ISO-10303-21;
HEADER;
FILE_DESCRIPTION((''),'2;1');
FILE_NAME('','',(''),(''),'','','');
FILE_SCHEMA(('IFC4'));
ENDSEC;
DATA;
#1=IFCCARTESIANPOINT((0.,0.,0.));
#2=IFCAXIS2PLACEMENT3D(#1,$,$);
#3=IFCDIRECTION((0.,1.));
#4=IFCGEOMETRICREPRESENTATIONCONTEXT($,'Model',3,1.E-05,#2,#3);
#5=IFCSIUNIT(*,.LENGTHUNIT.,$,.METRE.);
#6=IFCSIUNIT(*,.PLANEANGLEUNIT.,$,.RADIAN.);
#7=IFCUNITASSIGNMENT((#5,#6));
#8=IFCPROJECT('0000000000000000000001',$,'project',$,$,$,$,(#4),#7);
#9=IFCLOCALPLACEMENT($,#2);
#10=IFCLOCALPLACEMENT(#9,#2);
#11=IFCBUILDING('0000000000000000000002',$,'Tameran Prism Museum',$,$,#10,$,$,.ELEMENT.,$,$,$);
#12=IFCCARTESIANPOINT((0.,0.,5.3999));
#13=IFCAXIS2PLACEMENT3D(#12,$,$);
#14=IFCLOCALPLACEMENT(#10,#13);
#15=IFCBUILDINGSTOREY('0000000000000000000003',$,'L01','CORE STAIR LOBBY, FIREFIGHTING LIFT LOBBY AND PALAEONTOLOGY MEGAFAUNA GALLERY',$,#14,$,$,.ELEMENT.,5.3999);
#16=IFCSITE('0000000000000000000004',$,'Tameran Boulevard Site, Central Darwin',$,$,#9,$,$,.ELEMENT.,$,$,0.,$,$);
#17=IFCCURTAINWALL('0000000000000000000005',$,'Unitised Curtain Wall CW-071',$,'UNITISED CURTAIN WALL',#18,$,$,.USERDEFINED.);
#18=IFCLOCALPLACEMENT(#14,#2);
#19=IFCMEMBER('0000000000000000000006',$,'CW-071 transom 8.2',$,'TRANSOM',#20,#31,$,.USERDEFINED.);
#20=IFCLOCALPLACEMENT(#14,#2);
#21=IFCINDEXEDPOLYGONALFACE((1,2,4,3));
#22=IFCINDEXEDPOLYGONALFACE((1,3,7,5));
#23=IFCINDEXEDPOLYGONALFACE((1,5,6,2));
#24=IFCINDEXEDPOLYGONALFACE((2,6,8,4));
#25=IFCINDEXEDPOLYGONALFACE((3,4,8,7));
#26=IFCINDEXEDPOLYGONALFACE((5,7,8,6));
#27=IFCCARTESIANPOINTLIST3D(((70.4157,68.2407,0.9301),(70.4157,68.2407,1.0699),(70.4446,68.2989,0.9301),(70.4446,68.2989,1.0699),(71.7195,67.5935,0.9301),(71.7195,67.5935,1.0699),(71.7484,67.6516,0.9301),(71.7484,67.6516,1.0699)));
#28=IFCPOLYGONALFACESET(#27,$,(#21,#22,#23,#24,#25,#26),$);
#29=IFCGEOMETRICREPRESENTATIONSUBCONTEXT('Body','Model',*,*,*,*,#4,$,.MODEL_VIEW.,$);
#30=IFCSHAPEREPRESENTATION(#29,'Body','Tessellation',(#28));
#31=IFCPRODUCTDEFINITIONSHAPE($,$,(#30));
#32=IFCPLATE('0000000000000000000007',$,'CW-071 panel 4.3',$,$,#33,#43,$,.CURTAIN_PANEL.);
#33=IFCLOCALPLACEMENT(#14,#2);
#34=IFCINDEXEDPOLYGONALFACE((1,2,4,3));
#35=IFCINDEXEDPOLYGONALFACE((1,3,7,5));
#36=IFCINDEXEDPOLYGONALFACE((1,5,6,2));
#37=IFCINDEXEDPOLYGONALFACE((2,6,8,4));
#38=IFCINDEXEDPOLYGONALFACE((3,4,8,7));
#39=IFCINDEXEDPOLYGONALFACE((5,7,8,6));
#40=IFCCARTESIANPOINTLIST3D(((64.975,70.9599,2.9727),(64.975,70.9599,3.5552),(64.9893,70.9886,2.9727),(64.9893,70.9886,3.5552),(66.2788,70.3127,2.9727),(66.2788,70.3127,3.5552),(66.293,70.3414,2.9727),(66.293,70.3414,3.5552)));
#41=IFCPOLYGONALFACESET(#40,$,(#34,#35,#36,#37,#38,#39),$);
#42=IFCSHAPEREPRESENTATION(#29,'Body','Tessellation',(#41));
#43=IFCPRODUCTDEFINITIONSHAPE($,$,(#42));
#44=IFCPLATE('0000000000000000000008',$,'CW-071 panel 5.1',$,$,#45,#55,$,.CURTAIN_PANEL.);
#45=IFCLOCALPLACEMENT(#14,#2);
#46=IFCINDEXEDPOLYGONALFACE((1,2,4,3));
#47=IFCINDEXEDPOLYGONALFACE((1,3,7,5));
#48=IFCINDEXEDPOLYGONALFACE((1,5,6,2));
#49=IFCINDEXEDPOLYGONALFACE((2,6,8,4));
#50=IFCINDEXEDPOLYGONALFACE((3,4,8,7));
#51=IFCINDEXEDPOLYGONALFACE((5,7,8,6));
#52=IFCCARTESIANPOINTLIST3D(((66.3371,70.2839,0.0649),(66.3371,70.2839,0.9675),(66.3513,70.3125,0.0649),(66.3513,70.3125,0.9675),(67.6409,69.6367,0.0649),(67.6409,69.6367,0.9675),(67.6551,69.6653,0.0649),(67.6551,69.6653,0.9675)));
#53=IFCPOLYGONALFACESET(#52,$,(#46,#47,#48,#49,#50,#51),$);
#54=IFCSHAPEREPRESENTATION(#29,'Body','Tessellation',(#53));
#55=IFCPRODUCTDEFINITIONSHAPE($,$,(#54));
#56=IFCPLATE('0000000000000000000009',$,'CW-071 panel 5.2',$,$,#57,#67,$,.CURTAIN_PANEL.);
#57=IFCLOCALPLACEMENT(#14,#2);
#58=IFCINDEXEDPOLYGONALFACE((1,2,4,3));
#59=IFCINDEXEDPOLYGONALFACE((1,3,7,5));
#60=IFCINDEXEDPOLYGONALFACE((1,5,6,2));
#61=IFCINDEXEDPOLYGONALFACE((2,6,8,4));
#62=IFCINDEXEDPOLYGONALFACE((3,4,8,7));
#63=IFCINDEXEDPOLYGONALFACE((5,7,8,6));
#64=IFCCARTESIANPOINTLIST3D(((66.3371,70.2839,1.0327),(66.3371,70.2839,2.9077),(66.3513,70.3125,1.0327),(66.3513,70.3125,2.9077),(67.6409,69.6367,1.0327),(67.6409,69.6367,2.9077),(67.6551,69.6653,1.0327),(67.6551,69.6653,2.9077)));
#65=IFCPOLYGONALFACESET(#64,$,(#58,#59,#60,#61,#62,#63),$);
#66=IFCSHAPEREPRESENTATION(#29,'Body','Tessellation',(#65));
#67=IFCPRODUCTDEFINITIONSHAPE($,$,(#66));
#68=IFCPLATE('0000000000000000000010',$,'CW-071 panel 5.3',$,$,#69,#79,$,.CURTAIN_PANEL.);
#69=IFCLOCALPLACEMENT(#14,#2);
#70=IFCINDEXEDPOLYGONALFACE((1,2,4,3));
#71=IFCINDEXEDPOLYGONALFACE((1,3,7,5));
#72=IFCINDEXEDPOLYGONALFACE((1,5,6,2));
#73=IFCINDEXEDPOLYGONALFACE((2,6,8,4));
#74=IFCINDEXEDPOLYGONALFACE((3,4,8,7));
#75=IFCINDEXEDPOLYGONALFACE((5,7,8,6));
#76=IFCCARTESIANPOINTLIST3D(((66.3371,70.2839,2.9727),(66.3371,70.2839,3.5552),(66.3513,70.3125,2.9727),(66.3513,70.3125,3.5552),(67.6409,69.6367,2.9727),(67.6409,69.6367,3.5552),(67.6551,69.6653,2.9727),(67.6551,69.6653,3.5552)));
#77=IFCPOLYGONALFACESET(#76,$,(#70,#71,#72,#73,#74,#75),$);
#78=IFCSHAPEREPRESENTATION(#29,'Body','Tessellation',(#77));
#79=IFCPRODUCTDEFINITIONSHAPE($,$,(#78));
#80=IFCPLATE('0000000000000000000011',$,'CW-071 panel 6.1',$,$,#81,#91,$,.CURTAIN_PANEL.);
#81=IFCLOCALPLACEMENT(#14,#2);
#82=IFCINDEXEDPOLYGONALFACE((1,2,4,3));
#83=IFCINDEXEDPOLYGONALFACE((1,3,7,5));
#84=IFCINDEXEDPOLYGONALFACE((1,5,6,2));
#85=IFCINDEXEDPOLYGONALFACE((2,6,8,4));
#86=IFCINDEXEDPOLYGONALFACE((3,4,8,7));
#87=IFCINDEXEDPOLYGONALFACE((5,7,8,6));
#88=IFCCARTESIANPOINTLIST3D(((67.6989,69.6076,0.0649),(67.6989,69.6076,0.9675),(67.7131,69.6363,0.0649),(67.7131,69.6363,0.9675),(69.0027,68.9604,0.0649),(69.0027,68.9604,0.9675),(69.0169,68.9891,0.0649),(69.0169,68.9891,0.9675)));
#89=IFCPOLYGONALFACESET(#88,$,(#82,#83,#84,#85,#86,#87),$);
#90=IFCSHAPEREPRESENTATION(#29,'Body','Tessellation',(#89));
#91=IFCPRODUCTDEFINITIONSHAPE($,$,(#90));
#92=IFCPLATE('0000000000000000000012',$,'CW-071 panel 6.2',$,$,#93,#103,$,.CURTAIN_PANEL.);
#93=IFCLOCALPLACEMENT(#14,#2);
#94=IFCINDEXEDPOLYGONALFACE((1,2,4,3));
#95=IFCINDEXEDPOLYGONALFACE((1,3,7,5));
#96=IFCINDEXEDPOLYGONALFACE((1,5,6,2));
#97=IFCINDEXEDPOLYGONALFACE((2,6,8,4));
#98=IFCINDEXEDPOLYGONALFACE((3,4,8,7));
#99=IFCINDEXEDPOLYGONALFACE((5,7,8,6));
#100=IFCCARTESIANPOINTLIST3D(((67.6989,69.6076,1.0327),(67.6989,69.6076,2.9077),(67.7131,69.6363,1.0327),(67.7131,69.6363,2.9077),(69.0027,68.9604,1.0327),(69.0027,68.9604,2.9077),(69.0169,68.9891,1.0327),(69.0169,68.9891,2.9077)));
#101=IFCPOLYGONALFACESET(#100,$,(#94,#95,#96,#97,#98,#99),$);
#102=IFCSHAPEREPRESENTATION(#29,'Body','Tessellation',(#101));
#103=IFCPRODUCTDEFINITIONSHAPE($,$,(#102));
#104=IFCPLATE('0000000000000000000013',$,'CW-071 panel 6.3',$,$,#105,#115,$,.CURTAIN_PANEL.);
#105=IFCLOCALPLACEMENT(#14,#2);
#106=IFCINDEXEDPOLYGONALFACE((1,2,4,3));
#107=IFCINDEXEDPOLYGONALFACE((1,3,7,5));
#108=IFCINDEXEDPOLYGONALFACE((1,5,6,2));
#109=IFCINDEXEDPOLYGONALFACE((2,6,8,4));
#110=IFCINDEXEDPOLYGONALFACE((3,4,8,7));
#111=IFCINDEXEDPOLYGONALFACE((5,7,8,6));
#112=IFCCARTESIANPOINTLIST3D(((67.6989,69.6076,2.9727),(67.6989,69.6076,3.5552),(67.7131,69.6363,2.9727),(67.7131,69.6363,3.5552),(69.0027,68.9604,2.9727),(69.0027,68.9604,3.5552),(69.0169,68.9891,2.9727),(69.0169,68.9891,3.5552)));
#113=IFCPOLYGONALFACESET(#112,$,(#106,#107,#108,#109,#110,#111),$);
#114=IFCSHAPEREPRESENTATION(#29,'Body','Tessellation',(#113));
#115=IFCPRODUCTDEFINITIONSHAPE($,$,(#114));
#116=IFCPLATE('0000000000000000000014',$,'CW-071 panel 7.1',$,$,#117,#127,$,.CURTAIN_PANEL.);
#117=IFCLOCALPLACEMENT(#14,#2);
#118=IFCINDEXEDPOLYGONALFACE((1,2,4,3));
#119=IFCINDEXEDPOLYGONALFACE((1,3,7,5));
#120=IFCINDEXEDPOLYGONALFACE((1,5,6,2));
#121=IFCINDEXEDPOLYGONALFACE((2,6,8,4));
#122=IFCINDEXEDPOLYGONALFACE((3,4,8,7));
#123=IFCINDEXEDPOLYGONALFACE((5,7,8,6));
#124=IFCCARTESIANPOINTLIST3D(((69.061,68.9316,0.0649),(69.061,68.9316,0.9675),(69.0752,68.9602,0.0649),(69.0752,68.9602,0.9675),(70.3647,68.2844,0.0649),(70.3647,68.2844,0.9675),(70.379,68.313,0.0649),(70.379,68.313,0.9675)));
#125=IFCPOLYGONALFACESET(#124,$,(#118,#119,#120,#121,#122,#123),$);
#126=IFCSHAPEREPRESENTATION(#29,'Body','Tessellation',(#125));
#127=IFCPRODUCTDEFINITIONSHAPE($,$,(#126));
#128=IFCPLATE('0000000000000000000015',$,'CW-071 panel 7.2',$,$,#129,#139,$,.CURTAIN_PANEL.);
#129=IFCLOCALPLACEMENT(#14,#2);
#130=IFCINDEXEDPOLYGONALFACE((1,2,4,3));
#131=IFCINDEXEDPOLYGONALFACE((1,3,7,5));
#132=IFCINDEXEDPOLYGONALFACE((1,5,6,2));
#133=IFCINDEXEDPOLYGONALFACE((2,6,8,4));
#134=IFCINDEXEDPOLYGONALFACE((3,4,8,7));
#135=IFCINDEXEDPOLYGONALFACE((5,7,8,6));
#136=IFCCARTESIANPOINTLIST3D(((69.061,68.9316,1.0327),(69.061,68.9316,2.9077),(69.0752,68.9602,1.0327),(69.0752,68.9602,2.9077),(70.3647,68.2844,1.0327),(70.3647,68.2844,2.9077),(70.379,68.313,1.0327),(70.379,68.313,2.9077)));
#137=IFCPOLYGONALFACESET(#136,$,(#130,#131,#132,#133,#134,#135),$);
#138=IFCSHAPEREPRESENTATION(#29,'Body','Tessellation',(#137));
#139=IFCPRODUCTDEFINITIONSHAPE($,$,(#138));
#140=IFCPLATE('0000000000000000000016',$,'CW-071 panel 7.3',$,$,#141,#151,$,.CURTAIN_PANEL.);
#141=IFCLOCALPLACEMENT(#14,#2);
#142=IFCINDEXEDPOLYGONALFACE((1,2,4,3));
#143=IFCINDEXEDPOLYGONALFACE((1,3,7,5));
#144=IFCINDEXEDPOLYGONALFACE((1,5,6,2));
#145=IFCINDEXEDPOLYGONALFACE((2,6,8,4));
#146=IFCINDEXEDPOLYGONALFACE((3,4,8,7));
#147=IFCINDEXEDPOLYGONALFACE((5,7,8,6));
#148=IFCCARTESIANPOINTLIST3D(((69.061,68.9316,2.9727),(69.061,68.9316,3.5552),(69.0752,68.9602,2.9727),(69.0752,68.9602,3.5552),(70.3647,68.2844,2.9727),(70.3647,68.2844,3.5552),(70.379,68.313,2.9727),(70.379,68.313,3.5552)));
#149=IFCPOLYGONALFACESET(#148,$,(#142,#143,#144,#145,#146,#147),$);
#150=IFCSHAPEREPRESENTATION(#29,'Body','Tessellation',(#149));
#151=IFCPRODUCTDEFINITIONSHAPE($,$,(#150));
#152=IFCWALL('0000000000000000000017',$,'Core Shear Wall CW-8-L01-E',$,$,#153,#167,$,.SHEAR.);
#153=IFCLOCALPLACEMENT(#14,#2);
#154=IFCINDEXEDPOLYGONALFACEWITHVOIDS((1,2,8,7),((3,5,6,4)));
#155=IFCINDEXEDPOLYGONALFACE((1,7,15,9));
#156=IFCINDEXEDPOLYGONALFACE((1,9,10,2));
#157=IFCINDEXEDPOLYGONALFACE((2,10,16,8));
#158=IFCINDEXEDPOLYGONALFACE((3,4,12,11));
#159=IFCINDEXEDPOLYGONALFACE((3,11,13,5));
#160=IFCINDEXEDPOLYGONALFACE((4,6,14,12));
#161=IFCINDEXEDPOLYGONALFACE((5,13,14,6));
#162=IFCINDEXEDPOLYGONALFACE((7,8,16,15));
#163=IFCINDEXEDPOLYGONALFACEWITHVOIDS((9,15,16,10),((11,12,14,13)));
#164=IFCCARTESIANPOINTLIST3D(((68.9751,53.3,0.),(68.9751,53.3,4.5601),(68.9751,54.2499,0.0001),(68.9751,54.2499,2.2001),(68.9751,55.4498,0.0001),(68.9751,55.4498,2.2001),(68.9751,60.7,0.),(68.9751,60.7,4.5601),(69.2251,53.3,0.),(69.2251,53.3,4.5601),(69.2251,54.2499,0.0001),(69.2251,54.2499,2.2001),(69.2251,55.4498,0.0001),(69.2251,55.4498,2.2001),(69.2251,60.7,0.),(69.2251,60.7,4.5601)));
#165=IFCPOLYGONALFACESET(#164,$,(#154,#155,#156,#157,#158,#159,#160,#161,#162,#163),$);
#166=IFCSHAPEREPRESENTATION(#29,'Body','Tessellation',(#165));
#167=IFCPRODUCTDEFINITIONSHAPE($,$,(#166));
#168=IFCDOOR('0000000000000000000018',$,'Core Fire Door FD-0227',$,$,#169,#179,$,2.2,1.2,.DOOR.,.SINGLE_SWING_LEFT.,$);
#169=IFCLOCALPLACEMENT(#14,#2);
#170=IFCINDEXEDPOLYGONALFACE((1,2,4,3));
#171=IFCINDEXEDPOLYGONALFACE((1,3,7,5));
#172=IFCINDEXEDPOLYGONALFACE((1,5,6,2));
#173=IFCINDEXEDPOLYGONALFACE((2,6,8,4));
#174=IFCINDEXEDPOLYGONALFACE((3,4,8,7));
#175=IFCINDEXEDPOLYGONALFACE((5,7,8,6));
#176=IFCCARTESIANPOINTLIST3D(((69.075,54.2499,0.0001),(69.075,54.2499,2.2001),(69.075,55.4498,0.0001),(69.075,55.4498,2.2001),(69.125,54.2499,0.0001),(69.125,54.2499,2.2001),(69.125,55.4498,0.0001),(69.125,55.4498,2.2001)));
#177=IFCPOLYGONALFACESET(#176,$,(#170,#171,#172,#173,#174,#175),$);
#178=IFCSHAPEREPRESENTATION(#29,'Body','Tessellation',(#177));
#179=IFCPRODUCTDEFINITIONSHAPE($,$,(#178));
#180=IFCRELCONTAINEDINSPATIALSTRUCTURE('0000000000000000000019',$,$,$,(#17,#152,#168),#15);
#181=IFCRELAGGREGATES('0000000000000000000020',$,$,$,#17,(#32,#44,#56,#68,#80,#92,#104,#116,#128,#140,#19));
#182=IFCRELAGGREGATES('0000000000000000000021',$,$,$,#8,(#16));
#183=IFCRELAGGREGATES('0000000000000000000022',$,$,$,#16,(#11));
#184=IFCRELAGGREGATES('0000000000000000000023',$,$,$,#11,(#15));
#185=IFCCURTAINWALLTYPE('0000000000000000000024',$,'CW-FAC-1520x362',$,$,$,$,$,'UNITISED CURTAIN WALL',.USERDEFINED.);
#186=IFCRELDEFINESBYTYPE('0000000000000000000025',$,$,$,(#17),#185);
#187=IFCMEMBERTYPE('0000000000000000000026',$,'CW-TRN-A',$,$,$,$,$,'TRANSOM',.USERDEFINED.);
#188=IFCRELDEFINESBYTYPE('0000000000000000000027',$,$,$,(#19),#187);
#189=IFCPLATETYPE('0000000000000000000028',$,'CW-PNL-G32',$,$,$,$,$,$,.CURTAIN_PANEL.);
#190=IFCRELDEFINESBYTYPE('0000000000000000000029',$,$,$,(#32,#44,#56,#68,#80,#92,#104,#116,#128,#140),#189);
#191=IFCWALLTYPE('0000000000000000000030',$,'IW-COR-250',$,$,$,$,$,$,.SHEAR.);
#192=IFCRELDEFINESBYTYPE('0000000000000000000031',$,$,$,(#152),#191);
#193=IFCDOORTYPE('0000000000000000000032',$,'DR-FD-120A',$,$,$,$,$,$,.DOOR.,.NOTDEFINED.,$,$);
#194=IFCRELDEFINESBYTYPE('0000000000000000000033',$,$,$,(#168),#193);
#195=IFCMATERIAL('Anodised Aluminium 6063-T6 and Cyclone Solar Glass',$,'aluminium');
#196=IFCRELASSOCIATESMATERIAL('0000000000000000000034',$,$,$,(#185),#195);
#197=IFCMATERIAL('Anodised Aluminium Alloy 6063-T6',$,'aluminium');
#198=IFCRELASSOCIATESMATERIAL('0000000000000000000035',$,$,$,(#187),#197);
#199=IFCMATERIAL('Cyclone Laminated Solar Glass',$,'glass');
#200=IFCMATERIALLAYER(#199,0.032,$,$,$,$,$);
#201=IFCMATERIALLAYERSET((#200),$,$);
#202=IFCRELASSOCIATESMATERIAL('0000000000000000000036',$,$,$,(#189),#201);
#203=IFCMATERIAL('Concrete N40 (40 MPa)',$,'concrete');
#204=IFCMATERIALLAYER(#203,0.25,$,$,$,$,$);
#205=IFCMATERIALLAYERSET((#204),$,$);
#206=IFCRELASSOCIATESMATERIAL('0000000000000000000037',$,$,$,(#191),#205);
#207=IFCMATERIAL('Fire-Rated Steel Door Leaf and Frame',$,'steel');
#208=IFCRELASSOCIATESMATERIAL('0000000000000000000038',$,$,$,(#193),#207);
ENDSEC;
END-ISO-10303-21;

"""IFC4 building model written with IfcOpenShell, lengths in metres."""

from ifc_helpers import new_model, si_unit, direction, frame, frame_2d, origin, origin_2d, place, context, subcontext, project, spatial, rectangle, extrude, material, layer, layer_set, material_profile, profile_set, type_object, element, fill, aggregate, save


model = new_model("IFC4")

# Units and contexts
model_context = context("Model", 3, precision=1e-05, world=origin(), true_north=direction((0.0, 1.0)))
body_context = subcontext(model_context, "Body", "Model", "MODEL_VIEW")
ifc_project = project(units=[si_unit("LENGTHUNIT", "METRE"), si_unit("PLANEANGLEUNIT", "RADIAN")], contexts=[model_context])

# Site, building, storey
site_placement = place(None, origin())
site = spatial("IfcSite", under=ifc_project, at=site_placement, Name="Tameran Boulevard Site, Central Darwin", CompositionType="ELEMENT", RefElevation=0.0)
building_placement = place(site_placement, origin())
building = spatial("IfcBuilding", under=site, at=building_placement, Name="Tameran Prism Museum", CompositionType="ELEMENT")
storey_placement = place(building_placement, frame((0.0, 0.0, 5.3999)))
storey = spatial("IfcBuildingStorey", under=building, at=storey_placement, Name="L01", Description="CORE STAIR LOBBY, FIREFIGHTING LIFT LOBBY AND PALAEONTOLOGY MEGAFAUNA GALLERY", CompositionType="ELEMENT", Elevation=5.3999)

# Curtain wall, member, plates
ifc_material_1 = material(Name="Anodised Aluminium 6063-T6 and Cyclone Solar Glass", Category="aluminium")
curtain_wall_type = type_object("IfcCurtainWallType", Name="CW-FAC-1520x362", ElementType="UNITISED CURTAIN WALL", PredefinedType="USERDEFINED", material=ifc_material_1)
curtain_wall_placement = place(storey_placement, origin())
curtain_wall = element("IfcCurtainWall", 1, at=curtain_wall_placement, inside=storey, type_object=curtain_wall_type, Name="Unitised Curtain Wall CW-071", ObjectType="UNITISED CURTAIN WALL", PredefinedType="USERDEFINED")
ifc_material_2 = material(Name="Anodised Aluminium Alloy 6063-T6", Category="aluminium")
ifc_material_profile_1 = material_profile(ifc_material_2, rectangle(XDim=0.0649, YDim=0.1399, at=origin_2d()))
ifc_profile_set_1 = profile_set([ifc_material_profile_1])
member_type_1 = type_object("IfcMemberType", Name="CW-TRN-A", ElementType="TRANSOM", PredefinedType="USERDEFINED", material=ifc_profile_set_1)
member_1_placement = place(storey_placement, frame((70.4302, 68.2698, 1.0), z_axis=(0.895698, -0.444662, 0.0), x_axis=(0.444662, 0.895698, 0.0)))
member_1 = element("IfcMember", 2, at=member_1_placement, type_object=member_type_1, Name="CW-071 transom 8.2", ObjectType="TRANSOM", PredefinedType="USERDEFINED", context=body_context, shape_type="SweptSolid", body=[
    extrude(rectangle(XDim=0.0649, YDim=0.1399, at=origin_2d()), origin(), (0.0, 0.0, 1.0), 1.4556),
])
ifc_material_3 = material(Name="Cyclone Laminated Solar Glass", Category="glass")
ifc_layer_1 = layer(ifc_material_3, 0.032)
ifc_layer_set_1 = layer_set([ifc_layer_1])
plate_type = type_object("IfcPlateType", Name="CW-PNL-G32", PredefinedType="CURTAIN_PANEL", material=ifc_layer_set_1)
plate_1_placement = place(storey_placement, frame((65.634, 70.6506, 2.9727), z_axis=(0.0, 0.0, 1.0), x_axis=(0.895712, -0.444634, 0.0)))
plate_1 = element("IfcPlate", 3, at=plate_1_placement, type_object=plate_type, Name="CW-071 panel 4.3", PredefinedType="CURTAIN_PANEL", context=body_context, shape_type="SweptSolid", body=[
    extrude(rectangle(XDim=1.4556, YDim=0.032, at=origin_2d()), origin(), (0.0, 0.0, 1.0), 0.5825),
])
plate_2_placement = place(storey_placement, frame((66.9961, 69.9746, 0.0649), z_axis=(0.0, 0.0, 1.0), x_axis=(0.895712, -0.444634, 0.0)))
plate_2 = element("IfcPlate", 4, at=plate_2_placement, type_object=plate_type, Name="CW-071 panel 5.1", PredefinedType="CURTAIN_PANEL", context=body_context, shape_type="SweptSolid", body=[
    extrude(rectangle(XDim=1.4556, YDim=0.032, at=origin_2d()), origin(), (0.0, 0.0, 1.0), 0.9026),
])
plate_3_placement = place(storey_placement, frame((66.9961, 69.9746, 1.0327), z_axis=(0.0, 0.0, 1.0), x_axis=(0.895712, -0.444634, 0.0)))
plate_3 = element("IfcPlate", 5, at=plate_3_placement, type_object=plate_type, Name="CW-071 panel 5.2", PredefinedType="CURTAIN_PANEL", context=body_context, shape_type="SweptSolid", body=[
    extrude(rectangle(XDim=1.4556, YDim=0.032, at=origin_2d()), origin(), (0.0, 0.0, 1.0), 1.875),
])
plate_4_placement = place(storey_placement, frame((66.9961, 69.9746, 2.9727), z_axis=(0.0, 0.0, 1.0), x_axis=(0.895712, -0.444634, 0.0)))
plate_4 = element("IfcPlate", 6, at=plate_4_placement, type_object=plate_type, Name="CW-071 panel 5.3", PredefinedType="CURTAIN_PANEL", context=body_context, shape_type="SweptSolid", body=[
    extrude(rectangle(XDim=1.4556, YDim=0.032, at=origin_2d()), origin(), (0.0, 0.0, 1.0), 0.5825),
])
plate_5_placement = place(storey_placement, frame((68.3579, 69.2983, 0.0649), z_axis=(0.0, 0.0, 1.0), x_axis=(0.895712, -0.444634, 0.0)))
plate_5 = element("IfcPlate", 7, at=plate_5_placement, type_object=plate_type, Name="CW-071 panel 6.1", PredefinedType="CURTAIN_PANEL", context=body_context, shape_type="SweptSolid", body=[
    extrude(rectangle(XDim=1.4556, YDim=0.032, at=origin_2d()), origin(), (0.0, 0.0, 1.0), 0.9026),
])
plate_6_placement = place(storey_placement, frame((68.3579, 69.2983, 1.0327), z_axis=(0.0, 0.0, 1.0), x_axis=(0.895712, -0.444634, 0.0)))
plate_6 = element("IfcPlate", 8, at=plate_6_placement, type_object=plate_type, Name="CW-071 panel 6.2", PredefinedType="CURTAIN_PANEL", context=body_context, shape_type="SweptSolid", body=[
    extrude(rectangle(XDim=1.4556, YDim=0.032, at=origin_2d()), origin(), (0.0, 0.0, 1.0), 1.875),
])
plate_7_placement = place(storey_placement, frame((68.3579, 69.2983, 2.9727), z_axis=(0.0, 0.0, 1.0), x_axis=(0.895712, -0.444634, 0.0)))
plate_7 = element("IfcPlate", 9, at=plate_7_placement, type_object=plate_type, Name="CW-071 panel 6.3", PredefinedType="CURTAIN_PANEL", context=body_context, shape_type="SweptSolid", body=[
    extrude(rectangle(XDim=1.4556, YDim=0.032, at=origin_2d()), origin(), (0.0, 0.0, 1.0), 0.5825),
])
plate_8_placement = place(storey_placement, frame((69.72, 68.6223, 0.0649), z_axis=(0.0, 0.0, 1.0), x_axis=(0.895712, -0.444634, 0.0)))
plate_8 = element("IfcPlate", 10, at=plate_8_placement, type_object=plate_type, Name="CW-071 panel 7.1", PredefinedType="CURTAIN_PANEL", context=body_context, shape_type="SweptSolid", body=[
    extrude(rectangle(XDim=1.4556, YDim=0.032, at=origin_2d()), origin(), (0.0, 0.0, 1.0), 0.9026),
])
plate_9_placement = place(storey_placement, frame((69.72, 68.6223, 1.0327), z_axis=(0.0, 0.0, 1.0), x_axis=(0.895712, -0.444634, 0.0)))
plate_9 = element("IfcPlate", 11, at=plate_9_placement, type_object=plate_type, Name="CW-071 panel 7.2", PredefinedType="CURTAIN_PANEL", context=body_context, shape_type="SweptSolid", body=[
    extrude(rectangle(XDim=1.4556, YDim=0.032, at=origin_2d()), origin(), (0.0, 0.0, 1.0), 1.875),
])
plate_10_placement = place(storey_placement, frame((69.72, 68.6223, 2.9727), z_axis=(0.0, 0.0, 1.0), x_axis=(0.895712, -0.444634, 0.0)))
plate_10 = element("IfcPlate", 12, at=plate_10_placement, type_object=plate_type, Name="CW-071 panel 7.3", PredefinedType="CURTAIN_PANEL", context=body_context, shape_type="SweptSolid", body=[
    extrude(rectangle(XDim=1.4556, YDim=0.032, at=origin_2d()), origin(), (0.0, 0.0, 1.0), 0.5825),
])
aggregate(curtain_wall, [plate_1, plate_2, plate_3, plate_4, plate_5, plate_6, plate_7, plate_8, plate_9, plate_10, member_1])

# Wall, opening, door
ifc_material_4 = material(Name="Concrete N40 (40 MPa)", Category="concrete")
ifc_layer_2 = layer(ifc_material_4, 0.25)
ifc_layer_set_2 = layer_set([ifc_layer_2])
wall_type = type_object("IfcWallType", Name="IW-COR-250", PredefinedType="SHEAR", material=ifc_layer_set_2)
wall_placement = place(storey_placement, frame((69.1001, 60.7, 0.0), z_axis=(0.0, 0.0, 1.0), x_axis=(0.0, -1.0, 0.0)))
wall = element("IfcWall", 13, at=wall_placement, inside=storey, type_object=wall_type, Name="Core Shear Wall CW-8-L01-E", PredefinedType="SHEAR", context=body_context, shape_type="SweptSolid", body=[
    extrude(rectangle(XDim=7.3999, YDim=0.25, at=frame_2d((3.7, 0.0))), origin(), (0.0, 0.0, 1.0), 4.5601),
])
opening_placement = place(wall_placement, frame((5.25, 0.0, 0.0)))
opening = element("IfcOpeningElement", 14, at=opening_placement, cuts=wall, PredefinedType="OPENING", context=body_context, shape_type="SweptSolid", body=[
    extrude(rectangle(XDim=1.2, YDim=2.2, at=frame_2d((0.6001, 1.1001))), frame((0.0, 0.135, 0.0), z_axis=(0.0, -1.0, 0.0), x_axis=(1.0, 0.0, 0.0)), (0.0, 0.0, 1.0), 0.27),
])
ifc_material_5 = material(Name="Fire-Rated Steel Door Leaf and Frame", Category="steel")
door_type = type_object("IfcDoorType", Name="DR-FD-120A", OperationType="NOTDEFINED", PredefinedType="DOOR", material=ifc_material_5)
door_placement = place(opening_placement, origin())
door = element("IfcDoor", 15, at=door_placement, inside=storey, type_object=door_type, Name="Core Fire Door FD-0227", OperationType="SINGLE_SWING_LEFT", OverallHeight=2.2, OverallWidth=1.2, PredefinedType="DOOR", context=body_context, shape_type="SweptSolid", body=[
    extrude(rectangle(XDim=1.2, YDim=2.2, at=frame_2d((0.6001, 1.1001))), frame((0.0, 0.0249, 0.0), z_axis=(0.0, -1.0, 0.0), x_axis=(1.0, 0.0, 0.0)), (0.0, 0.0, 1.0), 0.05),
])
fill(opening, door)

save(model, "model.ifc")
